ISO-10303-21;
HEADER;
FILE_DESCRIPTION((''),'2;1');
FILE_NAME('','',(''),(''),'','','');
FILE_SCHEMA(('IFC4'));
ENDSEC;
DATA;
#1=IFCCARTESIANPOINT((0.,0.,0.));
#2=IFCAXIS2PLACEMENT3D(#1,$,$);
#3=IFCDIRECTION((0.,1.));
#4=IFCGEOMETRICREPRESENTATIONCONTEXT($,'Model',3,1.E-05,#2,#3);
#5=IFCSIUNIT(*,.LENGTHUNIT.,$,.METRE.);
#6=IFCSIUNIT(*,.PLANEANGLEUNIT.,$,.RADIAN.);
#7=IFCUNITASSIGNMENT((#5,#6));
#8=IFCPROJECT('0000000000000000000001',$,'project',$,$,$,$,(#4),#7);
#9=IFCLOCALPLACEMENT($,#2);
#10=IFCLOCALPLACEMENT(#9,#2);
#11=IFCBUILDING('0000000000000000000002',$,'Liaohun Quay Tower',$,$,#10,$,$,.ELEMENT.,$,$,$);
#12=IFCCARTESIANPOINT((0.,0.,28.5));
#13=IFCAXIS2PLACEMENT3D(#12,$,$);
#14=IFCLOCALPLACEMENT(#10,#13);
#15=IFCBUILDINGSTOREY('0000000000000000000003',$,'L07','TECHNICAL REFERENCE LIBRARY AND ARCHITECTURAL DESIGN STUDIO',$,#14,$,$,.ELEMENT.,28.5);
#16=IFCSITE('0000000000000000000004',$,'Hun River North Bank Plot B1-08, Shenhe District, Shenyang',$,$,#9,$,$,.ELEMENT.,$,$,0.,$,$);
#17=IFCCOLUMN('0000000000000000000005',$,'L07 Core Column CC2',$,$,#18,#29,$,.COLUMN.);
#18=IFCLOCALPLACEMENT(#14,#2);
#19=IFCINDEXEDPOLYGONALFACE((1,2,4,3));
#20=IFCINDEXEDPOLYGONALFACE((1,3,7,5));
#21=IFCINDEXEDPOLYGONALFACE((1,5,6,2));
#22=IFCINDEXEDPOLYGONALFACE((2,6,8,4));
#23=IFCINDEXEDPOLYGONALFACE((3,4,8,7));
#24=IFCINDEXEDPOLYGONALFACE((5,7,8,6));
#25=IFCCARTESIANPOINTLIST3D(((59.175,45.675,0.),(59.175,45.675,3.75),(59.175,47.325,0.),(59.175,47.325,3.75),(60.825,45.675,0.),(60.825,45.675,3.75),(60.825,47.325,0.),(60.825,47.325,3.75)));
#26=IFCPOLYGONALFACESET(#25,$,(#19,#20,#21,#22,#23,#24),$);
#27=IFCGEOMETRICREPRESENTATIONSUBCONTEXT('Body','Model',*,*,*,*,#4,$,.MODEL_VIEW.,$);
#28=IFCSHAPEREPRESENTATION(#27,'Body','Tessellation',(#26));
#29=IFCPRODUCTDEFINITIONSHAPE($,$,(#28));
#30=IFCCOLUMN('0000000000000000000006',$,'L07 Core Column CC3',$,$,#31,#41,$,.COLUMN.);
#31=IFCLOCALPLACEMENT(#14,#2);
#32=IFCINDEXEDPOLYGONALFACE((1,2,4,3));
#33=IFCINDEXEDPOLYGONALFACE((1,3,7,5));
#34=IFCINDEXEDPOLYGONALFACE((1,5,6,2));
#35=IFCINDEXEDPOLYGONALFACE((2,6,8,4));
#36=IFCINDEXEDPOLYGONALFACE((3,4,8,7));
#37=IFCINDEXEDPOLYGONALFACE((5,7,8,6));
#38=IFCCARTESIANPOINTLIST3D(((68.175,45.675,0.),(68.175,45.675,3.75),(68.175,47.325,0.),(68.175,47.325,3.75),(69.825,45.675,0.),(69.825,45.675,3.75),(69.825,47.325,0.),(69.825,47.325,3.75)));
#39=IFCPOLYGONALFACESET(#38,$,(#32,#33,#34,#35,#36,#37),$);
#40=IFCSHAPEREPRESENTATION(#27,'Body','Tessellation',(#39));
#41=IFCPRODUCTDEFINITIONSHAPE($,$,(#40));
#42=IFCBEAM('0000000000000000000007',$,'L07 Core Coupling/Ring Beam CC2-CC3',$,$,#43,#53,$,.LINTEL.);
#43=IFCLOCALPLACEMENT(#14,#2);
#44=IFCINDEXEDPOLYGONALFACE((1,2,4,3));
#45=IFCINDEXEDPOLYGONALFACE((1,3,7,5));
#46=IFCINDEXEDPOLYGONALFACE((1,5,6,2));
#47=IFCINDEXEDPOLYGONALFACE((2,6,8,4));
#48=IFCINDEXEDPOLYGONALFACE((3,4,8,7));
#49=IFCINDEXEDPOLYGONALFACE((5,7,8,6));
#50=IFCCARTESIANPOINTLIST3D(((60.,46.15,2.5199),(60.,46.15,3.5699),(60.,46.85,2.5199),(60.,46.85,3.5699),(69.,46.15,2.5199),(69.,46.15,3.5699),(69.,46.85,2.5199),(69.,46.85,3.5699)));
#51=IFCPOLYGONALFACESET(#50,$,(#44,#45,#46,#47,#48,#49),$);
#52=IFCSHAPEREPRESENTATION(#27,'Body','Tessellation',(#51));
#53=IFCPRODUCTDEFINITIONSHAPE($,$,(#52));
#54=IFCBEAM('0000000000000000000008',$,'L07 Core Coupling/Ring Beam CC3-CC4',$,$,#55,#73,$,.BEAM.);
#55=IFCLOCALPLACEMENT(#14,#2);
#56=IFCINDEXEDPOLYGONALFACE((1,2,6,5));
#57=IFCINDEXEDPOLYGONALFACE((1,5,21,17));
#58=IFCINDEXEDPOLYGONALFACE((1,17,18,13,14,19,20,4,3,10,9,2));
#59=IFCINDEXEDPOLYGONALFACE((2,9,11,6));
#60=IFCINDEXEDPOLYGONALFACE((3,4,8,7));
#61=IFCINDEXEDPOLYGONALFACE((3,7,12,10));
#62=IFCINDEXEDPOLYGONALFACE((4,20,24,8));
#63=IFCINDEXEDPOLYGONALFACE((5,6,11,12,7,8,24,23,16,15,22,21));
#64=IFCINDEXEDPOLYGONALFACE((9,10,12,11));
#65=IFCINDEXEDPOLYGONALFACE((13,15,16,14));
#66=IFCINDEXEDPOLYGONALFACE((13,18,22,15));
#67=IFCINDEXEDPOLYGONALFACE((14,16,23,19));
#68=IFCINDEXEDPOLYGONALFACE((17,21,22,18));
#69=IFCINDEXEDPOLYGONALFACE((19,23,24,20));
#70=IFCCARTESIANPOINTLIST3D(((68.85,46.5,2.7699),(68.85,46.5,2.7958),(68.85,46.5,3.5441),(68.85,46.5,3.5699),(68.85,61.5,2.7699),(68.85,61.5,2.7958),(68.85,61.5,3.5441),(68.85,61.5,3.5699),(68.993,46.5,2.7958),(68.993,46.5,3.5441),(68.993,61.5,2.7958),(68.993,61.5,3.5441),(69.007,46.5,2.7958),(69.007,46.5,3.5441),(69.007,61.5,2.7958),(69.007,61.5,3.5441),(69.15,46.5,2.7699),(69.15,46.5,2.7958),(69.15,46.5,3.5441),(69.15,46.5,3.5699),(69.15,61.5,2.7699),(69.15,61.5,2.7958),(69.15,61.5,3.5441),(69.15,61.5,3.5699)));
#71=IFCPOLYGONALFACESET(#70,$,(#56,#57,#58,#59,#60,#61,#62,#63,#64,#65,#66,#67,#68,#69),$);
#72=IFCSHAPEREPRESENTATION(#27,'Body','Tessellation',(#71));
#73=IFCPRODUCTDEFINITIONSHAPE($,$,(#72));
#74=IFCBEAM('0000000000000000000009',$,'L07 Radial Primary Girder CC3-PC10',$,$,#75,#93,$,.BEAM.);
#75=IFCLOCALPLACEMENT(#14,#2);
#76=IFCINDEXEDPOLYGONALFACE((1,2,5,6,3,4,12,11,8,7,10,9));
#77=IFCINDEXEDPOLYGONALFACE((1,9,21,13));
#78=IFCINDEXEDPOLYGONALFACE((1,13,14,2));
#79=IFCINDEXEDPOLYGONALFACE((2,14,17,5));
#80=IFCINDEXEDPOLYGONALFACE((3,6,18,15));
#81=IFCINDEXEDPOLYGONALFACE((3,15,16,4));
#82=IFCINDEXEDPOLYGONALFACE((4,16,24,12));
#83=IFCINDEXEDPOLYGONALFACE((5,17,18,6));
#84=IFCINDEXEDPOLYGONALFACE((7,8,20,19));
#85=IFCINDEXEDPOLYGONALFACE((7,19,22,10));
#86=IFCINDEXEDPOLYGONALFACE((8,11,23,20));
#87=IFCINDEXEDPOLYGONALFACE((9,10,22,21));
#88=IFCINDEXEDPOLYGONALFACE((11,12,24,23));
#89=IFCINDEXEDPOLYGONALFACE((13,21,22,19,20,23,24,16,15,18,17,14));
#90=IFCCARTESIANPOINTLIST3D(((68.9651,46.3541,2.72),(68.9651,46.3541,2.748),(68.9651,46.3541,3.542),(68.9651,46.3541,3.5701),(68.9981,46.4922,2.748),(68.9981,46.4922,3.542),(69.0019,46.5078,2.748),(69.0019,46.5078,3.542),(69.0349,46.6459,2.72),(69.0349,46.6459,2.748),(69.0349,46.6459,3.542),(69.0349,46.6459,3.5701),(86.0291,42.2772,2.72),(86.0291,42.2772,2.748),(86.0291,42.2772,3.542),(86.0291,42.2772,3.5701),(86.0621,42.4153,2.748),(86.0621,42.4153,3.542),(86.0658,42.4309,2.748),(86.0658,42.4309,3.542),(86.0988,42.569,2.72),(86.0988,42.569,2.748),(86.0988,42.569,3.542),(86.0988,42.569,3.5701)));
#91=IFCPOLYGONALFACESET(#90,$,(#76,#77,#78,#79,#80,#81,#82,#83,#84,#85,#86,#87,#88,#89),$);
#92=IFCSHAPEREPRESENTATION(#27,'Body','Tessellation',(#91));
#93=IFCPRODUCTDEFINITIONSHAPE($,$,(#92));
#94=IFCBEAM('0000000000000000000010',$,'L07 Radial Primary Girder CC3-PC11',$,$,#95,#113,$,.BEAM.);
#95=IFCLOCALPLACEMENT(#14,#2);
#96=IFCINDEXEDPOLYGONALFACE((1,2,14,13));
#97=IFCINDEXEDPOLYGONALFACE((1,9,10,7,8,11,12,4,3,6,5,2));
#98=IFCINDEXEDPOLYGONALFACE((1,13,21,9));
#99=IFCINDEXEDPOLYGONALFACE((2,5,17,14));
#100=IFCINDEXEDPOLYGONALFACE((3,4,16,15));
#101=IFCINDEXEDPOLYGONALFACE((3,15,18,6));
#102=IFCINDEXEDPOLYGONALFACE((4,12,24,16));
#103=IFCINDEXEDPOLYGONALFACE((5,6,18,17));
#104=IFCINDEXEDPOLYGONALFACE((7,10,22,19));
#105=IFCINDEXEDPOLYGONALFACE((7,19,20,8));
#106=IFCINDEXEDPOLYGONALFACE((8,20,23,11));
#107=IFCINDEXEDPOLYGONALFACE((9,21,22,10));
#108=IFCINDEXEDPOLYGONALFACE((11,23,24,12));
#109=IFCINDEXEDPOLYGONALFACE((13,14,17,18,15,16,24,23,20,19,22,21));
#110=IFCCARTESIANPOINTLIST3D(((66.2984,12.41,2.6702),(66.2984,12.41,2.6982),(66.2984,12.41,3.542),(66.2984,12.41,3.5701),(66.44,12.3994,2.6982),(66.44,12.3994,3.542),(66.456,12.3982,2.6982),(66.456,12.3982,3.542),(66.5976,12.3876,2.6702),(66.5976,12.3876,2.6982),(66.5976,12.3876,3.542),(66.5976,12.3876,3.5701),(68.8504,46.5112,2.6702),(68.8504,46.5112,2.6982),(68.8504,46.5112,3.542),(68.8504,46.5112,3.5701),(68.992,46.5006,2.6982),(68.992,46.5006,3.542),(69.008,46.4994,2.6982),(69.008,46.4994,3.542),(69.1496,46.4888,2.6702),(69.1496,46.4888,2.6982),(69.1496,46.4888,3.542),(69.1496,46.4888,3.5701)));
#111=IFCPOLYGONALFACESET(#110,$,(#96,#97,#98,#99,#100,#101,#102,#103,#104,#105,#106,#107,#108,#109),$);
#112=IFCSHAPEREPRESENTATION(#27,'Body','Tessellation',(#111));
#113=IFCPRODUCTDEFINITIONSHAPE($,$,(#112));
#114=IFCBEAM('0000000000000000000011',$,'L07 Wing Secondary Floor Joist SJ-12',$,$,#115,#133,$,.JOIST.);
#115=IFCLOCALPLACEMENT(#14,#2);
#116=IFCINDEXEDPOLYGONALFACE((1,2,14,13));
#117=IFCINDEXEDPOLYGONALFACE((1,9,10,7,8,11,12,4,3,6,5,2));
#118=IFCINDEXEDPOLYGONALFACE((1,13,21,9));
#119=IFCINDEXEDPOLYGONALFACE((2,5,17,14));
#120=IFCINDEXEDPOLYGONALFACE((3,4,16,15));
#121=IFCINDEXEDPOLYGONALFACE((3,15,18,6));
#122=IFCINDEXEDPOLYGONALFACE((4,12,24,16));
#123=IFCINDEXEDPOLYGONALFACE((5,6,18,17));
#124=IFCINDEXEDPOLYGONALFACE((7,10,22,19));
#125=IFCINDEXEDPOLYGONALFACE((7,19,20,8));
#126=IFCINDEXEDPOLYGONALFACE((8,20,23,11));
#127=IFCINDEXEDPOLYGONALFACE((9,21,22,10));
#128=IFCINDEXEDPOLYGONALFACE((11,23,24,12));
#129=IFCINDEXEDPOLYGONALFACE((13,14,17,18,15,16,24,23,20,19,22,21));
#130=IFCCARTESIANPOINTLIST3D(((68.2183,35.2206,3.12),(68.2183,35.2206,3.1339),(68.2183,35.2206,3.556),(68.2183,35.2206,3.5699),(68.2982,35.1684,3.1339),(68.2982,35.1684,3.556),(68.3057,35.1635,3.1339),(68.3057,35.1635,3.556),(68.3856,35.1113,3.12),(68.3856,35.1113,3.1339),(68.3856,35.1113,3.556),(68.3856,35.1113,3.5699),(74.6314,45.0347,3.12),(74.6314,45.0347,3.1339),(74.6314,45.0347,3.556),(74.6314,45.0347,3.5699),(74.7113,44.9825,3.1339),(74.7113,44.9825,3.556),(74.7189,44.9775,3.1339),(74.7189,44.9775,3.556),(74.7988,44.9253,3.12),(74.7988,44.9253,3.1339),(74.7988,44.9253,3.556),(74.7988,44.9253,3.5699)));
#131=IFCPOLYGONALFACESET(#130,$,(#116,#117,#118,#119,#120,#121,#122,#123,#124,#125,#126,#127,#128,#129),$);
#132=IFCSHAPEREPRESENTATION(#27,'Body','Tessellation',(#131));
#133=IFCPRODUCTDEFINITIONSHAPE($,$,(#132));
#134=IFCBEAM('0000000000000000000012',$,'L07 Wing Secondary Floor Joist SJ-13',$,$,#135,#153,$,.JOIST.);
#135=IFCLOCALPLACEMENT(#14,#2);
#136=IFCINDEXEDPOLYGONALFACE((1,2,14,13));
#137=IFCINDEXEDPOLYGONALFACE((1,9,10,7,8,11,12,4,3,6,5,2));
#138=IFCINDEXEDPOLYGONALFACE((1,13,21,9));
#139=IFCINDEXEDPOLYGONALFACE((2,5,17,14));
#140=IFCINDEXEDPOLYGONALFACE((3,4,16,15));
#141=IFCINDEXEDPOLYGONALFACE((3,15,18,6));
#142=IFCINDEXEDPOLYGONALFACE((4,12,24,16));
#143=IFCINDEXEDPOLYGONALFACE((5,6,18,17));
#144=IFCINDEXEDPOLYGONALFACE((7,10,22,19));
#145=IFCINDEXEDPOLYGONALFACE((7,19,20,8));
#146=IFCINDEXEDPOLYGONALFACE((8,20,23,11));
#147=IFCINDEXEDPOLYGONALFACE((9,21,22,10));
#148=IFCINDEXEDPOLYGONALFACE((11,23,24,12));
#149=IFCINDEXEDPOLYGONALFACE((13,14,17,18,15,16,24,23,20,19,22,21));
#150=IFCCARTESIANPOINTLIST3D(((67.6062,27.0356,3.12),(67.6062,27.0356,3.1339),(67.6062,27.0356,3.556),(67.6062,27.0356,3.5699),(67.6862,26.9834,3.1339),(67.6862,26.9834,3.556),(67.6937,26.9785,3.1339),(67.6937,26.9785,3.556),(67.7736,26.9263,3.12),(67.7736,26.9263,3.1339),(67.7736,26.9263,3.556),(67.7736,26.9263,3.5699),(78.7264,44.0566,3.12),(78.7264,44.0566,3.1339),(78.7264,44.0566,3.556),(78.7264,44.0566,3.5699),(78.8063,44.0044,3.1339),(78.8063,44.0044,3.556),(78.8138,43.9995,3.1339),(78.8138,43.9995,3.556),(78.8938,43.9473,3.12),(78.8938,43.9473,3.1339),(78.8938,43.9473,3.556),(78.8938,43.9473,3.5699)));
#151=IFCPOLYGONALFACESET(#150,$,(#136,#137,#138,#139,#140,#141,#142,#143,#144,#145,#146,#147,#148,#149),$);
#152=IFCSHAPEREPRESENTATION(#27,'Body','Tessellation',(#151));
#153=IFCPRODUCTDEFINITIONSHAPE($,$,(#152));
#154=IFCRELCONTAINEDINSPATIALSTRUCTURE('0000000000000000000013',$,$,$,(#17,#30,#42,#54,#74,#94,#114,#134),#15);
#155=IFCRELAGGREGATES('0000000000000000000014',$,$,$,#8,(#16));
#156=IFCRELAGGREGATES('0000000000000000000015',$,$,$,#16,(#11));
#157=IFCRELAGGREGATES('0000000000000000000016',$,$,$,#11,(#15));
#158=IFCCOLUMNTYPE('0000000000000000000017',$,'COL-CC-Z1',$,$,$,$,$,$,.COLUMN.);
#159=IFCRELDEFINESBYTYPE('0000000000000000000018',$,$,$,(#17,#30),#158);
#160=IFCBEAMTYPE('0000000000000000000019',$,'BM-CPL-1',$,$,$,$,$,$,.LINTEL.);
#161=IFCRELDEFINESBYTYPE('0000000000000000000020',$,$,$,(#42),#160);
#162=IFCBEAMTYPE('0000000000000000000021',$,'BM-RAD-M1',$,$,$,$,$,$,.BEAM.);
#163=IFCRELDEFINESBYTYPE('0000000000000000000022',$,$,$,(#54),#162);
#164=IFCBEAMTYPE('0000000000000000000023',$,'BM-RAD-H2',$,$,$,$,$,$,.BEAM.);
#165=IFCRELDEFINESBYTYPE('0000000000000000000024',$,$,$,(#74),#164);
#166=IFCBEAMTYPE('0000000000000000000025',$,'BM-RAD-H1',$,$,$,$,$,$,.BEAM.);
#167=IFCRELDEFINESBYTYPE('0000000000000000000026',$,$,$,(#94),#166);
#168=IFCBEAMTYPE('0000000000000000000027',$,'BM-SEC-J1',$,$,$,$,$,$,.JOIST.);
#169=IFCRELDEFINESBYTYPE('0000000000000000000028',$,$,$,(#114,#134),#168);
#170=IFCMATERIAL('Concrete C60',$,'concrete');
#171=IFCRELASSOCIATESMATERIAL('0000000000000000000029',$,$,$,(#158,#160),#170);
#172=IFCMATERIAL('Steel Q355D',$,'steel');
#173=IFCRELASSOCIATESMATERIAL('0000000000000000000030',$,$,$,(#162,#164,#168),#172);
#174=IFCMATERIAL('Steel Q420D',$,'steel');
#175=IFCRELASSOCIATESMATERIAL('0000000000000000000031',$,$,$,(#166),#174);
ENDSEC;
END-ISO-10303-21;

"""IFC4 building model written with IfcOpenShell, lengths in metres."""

from ifc_helpers import new_model, si_unit, direction, frame, origin, origin_2d, place, context, subcontext, project, spatial, rectangle, i_section, extrude, source, transform, mapped, material, material_profile, profile_set, type_object, element, save


model = new_model("IFC4")

# Units and contexts
model_context = context("Model", 3, precision=1e-05, world=origin(), true_north=direction((0.0, 1.0)))
body_context = subcontext(model_context, "Body", "Model", "MODEL_VIEW")
ifc_project = project(units=[si_unit("LENGTHUNIT", "METRE"), si_unit("PLANEANGLEUNIT", "RADIAN")], contexts=[model_context])

# Site, building, storey
site_placement = place(None, origin())
site = spatial("IfcSite", under=ifc_project, at=site_placement, Name="Hun River North Bank Plot B1-08, Shenhe District, Shenyang", CompositionType="ELEMENT", RefElevation=0.0)
building_placement = place(site_placement, origin())
building = spatial("IfcBuilding", under=site, at=building_placement, Name="Liaohun Quay Tower", CompositionType="ELEMENT")
storey_placement = place(building_placement, frame((0.0, 0.0, 28.5)))
storey = spatial("IfcBuildingStorey", under=building, at=storey_placement, Name="L07", Description="TECHNICAL REFERENCE LIBRARY AND ARCHITECTURAL DESIGN STUDIO", CompositionType="ELEMENT", Elevation=28.5)

# Columns
ifc_material_1 = material(Name="Concrete C60", Category="concrete")
ifc_material_profile_1 = material_profile(ifc_material_1, rectangle(XDim=1.6499, YDim=1.6499, at=origin_2d()), Name="RC1650x1650")
ifc_profile_set_1 = profile_set([ifc_material_profile_1], Name="Concrete C60")
column_type = type_object("IfcColumnType", Name="COL-CC-Z1", PredefinedType="COLUMN", material=ifc_profile_set_1)
shared_shape_1 = source(origin(), body_context, "Body", "SweptSolid", [
    extrude(rectangle(XDim=1.6499, YDim=1.6499, at=origin_2d()), origin(), (0.0, 0.0, 1.0), 3.75),
])
for number, where, z_axis, x_axis, name in (
    (1, (60.0, 46.5, 0.0), (0.0, 0.0, 1.0), (1.0, 0.0, 0.0), "L07 Core Column CC2"),
    (2, (69.0, 46.5, 0.0), (0.0, 0.0, 1.0), (1.0, 0.0, 0.0), "L07 Core Column CC3"),
):
    element("IfcColumn", number, at=place(storey_placement, frame(where, z_axis=z_axis, x_axis=x_axis)), inside=storey, type_object=column_type, Name=name, PredefinedType="COLUMN", context=body_context, shape_type="MappedRepresentation", body=[
        mapped(shared_shape_1, transform((0.0, 0.0, 0.0), x_axis=(1.0, 0.0, 0.0), y_axis=(0.0, 1.0, 0.0), z_axis=(0.0, 0.0, 1.0), scale=1.0)),
    ])

# Beams
ifc_material_profile_2 = material_profile(ifc_material_1, rectangle(XDim=0.7, YDim=1.05, at=origin_2d()), Name="RC700x1050")
ifc_profile_set_2 = profile_set([ifc_material_profile_2], Name="Concrete C60")
beam_type_1 = type_object("IfcBeamType", Name="BM-CPL-1", PredefinedType="LINTEL", material=ifc_profile_set_2)
shared_shape_2 = source(origin(), body_context, "Body", "SweptSolid", [
    extrude(rectangle(XDim=0.7, YDim=1.05, at=origin_2d()), origin(), (0.0, 0.0, 1.0), 9.0),
])
beam_1_placement = place(storey_placement, frame((60.0, 46.5, 3.0449), z_axis=(1.0, 0.0, 0.0), x_axis=(0.0, 1.0, 0.0)))
element("IfcBeam", 3, at=beam_1_placement, inside=storey, type_object=beam_type_1, Name="L07 Core Coupling/Ring Beam CC2-CC3", PredefinedType="LINTEL", context=body_context, shape_type="MappedRepresentation", body=[
    mapped(shared_shape_2, transform((0.0, 0.0, 0.0), x_axis=(1.0, 0.0, 0.0), y_axis=(0.0, 1.0, 0.0), z_axis=(0.0, 0.0, 1.0), scale=1.0)),
])
ifc_material_2 = material(Name="Steel Q355D", Category="steel")
ifc_material_profile_3 = material_profile(ifc_material_2, i_section(OverallWidth=0.3, OverallDepth=0.8, WebThickness=0.0139, FlangeThickness=0.0259, at=origin_2d()), Name="HN800x300x14x26")
ifc_profile_set_3 = profile_set([ifc_material_profile_3], Name="Steel Q355D")
beam_type_2 = type_object("IfcBeamType", Name="BM-RAD-M1", PredefinedType="BEAM", material=ifc_profile_set_3)
shared_shape_3 = source(origin(), body_context, "Body", "SweptSolid", [
    extrude(i_section(OverallWidth=0.3, OverallDepth=0.8, WebThickness=0.0139, FlangeThickness=0.0259, at=origin_2d()), origin(), (0.0, 0.0, 1.0), 15.0),
])
beam_2_placement = place(storey_placement, frame((69.0, 46.5, 3.1699), z_axis=(0.0, 1.0, 0.0), x_axis=(-1.0, 0.0, 0.0)))
element("IfcBeam", 4, at=beam_2_placement, inside=storey, type_object=beam_type_2, Name="L07 Core Coupling/Ring Beam CC3-CC4", PredefinedType="BEAM", context=body_context, shape_type="MappedRepresentation", body=[
    mapped(shared_shape_3, transform((0.0, 0.0, 0.0), x_axis=(1.0, 0.0, 0.0), y_axis=(0.0, 1.0, 0.0), z_axis=(0.0, 0.0, 1.0), scale=1.0)),
])
ifc_material_profile_4 = material_profile(ifc_material_2, i_section(OverallWidth=0.3, OverallDepth=0.8501, WebThickness=0.0161, FlangeThickness=0.0281, at=origin_2d()), Name="HN850x300x16x28")
ifc_profile_set_4 = profile_set([ifc_material_profile_4], Name="Steel Q355D")
beam_type_3 = type_object("IfcBeamType", Name="BM-RAD-H2", PredefinedType="BEAM", material=ifc_profile_set_4)
shared_shape_4 = source(origin(), body_context, "Body", "SweptSolid", [
    extrude(i_section(OverallWidth=0.3, OverallDepth=0.8501, WebThickness=0.0161, FlangeThickness=0.0281, at=origin_2d()), origin(), (0.0, 0.0, 1.0), 17.5442),
])
beam_3_placement = place(storey_placement, frame((69.0, 46.5, 3.145), z_axis=(0.972625, -0.232379, 0.0), x_axis=(0.232379, 0.972625, 0.0)))
element("IfcBeam", 5, at=beam_3_placement, inside=storey, type_object=beam_type_3, Name="L07 Radial Primary Girder CC3-PC10", PredefinedType="BEAM", context=body_context, shape_type="MappedRepresentation", body=[
    mapped(shared_shape_4, transform((0.0, 0.0, 0.0), x_axis=(1.0, 0.0, 0.0), y_axis=(0.0, 1.0, 0.0), z_axis=(0.0, 0.0, 1.0), scale=1.0)),
])
ifc_material_3 = material(Name="Steel Q420D", Category="steel")
ifc_material_profile_5 = material_profile(ifc_material_3, i_section(OverallWidth=0.3, OverallDepth=0.8999, WebThickness=0.0161, FlangeThickness=0.0281, at=origin_2d()), Name="HN900x300x16x28")
ifc_profile_set_5 = profile_set([ifc_material_profile_5], Name="Steel Q420D")
beam_type_4 = type_object("IfcBeamType", Name="BM-RAD-H1", PredefinedType="BEAM", material=ifc_profile_set_5)
shared_shape_5 = source(origin(), body_context, "Body", "SweptSolid", [
    extrude(i_section(OverallWidth=0.3, OverallDepth=0.8999, WebThickness=0.0161, FlangeThickness=0.0281, at=origin_2d()), origin(), (0.0, 0.0, 1.0), 34.1965),
])
beam_4_placement = place(storey_placement, frame((69.0, 46.5, 3.1201), z_axis=(-0.074628, -0.997211, 0.0), x_axis=(0.997211, -0.074628, 0.0)))
element("IfcBeam", 6, at=beam_4_placement, inside=storey, type_object=beam_type_4, Name="L07 Radial Primary Girder CC3-PC11", PredefinedType="BEAM", context=body_context, shape_type="MappedRepresentation", body=[
    mapped(shared_shape_5, transform((0.0, 0.0, 0.0), x_axis=(1.0, 0.0, 0.0), y_axis=(0.0, 1.0, 0.0), z_axis=(0.0, 0.0, 1.0), scale=1.0)),
])
ifc_material_profile_6 = material_profile(ifc_material_2, i_section(OverallWidth=0.2, OverallDepth=0.45, WebThickness=0.009, FlangeThickness=0.0139, at=origin_2d()), Name="HN450x200x9x14")
ifc_profile_set_6 = profile_set([ifc_material_profile_6], Name="Steel Q355D")
beam_type_5 = type_object("IfcBeamType", Name="BM-SEC-J1", PredefinedType="JOIST", material=ifc_profile_set_6)
shared_shape_6 = source(origin(), body_context, "Body", "SweptSolid", [
    extrude(i_section(OverallWidth=0.2, OverallDepth=0.45, WebThickness=0.009, FlangeThickness=0.0139, at=origin_2d()), origin(), (0.0, 0.0, 1.0), 11.7236),
])
beam_5_placement = place(storey_placement, frame((74.7151, 44.98, 3.345), z_axis=(-0.547026, -0.837116, 0.0), x_axis=(0.837116, -0.547026, 0.0)))
element("IfcBeam", 7, at=beam_5_placement, inside=storey, type_object=beam_type_5, Name="L07 Wing Secondary Floor Joist SJ-12", PredefinedType="JOIST", context=body_context, shape_type="MappedRepresentation", body=[
    mapped(shared_shape_6, transform((0.0, 0.0, 0.0), x_axis=(1.0, 0.0, 0.0), y_axis=(0.0, 1.0, 0.0), z_axis=(0.0, 0.0, 1.0), scale=1.0)),
])
shared_shape_7 = source(origin(), body_context, "Body", "SweptSolid", [
    extrude(i_section(OverallWidth=0.2, OverallDepth=0.45, WebThickness=0.009, FlangeThickness=0.0139, at=origin_2d()), origin(), (0.0, 0.0, 1.0), 20.3315),
])
beam_6_placement = place(storey_placement, frame((78.8101, 44.002, 3.345), z_axis=(-0.546939, -0.837172, 0.0), x_axis=(0.837172, -0.546939, 0.0)))
element("IfcBeam", 8, at=beam_6_placement, inside=storey, type_object=beam_type_5, Name="L07 Wing Secondary Floor Joist SJ-13", PredefinedType="JOIST", context=body_context, shape_type="MappedRepresentation", body=[
    mapped(shared_shape_7, transform((0.0, 0.0, 0.0), x_axis=(1.0, 0.0, 0.0), y_axis=(0.0, 1.0, 0.0), z_axis=(0.0, 0.0, 1.0), scale=1.0)),
])

save(model, "model.ifc")
